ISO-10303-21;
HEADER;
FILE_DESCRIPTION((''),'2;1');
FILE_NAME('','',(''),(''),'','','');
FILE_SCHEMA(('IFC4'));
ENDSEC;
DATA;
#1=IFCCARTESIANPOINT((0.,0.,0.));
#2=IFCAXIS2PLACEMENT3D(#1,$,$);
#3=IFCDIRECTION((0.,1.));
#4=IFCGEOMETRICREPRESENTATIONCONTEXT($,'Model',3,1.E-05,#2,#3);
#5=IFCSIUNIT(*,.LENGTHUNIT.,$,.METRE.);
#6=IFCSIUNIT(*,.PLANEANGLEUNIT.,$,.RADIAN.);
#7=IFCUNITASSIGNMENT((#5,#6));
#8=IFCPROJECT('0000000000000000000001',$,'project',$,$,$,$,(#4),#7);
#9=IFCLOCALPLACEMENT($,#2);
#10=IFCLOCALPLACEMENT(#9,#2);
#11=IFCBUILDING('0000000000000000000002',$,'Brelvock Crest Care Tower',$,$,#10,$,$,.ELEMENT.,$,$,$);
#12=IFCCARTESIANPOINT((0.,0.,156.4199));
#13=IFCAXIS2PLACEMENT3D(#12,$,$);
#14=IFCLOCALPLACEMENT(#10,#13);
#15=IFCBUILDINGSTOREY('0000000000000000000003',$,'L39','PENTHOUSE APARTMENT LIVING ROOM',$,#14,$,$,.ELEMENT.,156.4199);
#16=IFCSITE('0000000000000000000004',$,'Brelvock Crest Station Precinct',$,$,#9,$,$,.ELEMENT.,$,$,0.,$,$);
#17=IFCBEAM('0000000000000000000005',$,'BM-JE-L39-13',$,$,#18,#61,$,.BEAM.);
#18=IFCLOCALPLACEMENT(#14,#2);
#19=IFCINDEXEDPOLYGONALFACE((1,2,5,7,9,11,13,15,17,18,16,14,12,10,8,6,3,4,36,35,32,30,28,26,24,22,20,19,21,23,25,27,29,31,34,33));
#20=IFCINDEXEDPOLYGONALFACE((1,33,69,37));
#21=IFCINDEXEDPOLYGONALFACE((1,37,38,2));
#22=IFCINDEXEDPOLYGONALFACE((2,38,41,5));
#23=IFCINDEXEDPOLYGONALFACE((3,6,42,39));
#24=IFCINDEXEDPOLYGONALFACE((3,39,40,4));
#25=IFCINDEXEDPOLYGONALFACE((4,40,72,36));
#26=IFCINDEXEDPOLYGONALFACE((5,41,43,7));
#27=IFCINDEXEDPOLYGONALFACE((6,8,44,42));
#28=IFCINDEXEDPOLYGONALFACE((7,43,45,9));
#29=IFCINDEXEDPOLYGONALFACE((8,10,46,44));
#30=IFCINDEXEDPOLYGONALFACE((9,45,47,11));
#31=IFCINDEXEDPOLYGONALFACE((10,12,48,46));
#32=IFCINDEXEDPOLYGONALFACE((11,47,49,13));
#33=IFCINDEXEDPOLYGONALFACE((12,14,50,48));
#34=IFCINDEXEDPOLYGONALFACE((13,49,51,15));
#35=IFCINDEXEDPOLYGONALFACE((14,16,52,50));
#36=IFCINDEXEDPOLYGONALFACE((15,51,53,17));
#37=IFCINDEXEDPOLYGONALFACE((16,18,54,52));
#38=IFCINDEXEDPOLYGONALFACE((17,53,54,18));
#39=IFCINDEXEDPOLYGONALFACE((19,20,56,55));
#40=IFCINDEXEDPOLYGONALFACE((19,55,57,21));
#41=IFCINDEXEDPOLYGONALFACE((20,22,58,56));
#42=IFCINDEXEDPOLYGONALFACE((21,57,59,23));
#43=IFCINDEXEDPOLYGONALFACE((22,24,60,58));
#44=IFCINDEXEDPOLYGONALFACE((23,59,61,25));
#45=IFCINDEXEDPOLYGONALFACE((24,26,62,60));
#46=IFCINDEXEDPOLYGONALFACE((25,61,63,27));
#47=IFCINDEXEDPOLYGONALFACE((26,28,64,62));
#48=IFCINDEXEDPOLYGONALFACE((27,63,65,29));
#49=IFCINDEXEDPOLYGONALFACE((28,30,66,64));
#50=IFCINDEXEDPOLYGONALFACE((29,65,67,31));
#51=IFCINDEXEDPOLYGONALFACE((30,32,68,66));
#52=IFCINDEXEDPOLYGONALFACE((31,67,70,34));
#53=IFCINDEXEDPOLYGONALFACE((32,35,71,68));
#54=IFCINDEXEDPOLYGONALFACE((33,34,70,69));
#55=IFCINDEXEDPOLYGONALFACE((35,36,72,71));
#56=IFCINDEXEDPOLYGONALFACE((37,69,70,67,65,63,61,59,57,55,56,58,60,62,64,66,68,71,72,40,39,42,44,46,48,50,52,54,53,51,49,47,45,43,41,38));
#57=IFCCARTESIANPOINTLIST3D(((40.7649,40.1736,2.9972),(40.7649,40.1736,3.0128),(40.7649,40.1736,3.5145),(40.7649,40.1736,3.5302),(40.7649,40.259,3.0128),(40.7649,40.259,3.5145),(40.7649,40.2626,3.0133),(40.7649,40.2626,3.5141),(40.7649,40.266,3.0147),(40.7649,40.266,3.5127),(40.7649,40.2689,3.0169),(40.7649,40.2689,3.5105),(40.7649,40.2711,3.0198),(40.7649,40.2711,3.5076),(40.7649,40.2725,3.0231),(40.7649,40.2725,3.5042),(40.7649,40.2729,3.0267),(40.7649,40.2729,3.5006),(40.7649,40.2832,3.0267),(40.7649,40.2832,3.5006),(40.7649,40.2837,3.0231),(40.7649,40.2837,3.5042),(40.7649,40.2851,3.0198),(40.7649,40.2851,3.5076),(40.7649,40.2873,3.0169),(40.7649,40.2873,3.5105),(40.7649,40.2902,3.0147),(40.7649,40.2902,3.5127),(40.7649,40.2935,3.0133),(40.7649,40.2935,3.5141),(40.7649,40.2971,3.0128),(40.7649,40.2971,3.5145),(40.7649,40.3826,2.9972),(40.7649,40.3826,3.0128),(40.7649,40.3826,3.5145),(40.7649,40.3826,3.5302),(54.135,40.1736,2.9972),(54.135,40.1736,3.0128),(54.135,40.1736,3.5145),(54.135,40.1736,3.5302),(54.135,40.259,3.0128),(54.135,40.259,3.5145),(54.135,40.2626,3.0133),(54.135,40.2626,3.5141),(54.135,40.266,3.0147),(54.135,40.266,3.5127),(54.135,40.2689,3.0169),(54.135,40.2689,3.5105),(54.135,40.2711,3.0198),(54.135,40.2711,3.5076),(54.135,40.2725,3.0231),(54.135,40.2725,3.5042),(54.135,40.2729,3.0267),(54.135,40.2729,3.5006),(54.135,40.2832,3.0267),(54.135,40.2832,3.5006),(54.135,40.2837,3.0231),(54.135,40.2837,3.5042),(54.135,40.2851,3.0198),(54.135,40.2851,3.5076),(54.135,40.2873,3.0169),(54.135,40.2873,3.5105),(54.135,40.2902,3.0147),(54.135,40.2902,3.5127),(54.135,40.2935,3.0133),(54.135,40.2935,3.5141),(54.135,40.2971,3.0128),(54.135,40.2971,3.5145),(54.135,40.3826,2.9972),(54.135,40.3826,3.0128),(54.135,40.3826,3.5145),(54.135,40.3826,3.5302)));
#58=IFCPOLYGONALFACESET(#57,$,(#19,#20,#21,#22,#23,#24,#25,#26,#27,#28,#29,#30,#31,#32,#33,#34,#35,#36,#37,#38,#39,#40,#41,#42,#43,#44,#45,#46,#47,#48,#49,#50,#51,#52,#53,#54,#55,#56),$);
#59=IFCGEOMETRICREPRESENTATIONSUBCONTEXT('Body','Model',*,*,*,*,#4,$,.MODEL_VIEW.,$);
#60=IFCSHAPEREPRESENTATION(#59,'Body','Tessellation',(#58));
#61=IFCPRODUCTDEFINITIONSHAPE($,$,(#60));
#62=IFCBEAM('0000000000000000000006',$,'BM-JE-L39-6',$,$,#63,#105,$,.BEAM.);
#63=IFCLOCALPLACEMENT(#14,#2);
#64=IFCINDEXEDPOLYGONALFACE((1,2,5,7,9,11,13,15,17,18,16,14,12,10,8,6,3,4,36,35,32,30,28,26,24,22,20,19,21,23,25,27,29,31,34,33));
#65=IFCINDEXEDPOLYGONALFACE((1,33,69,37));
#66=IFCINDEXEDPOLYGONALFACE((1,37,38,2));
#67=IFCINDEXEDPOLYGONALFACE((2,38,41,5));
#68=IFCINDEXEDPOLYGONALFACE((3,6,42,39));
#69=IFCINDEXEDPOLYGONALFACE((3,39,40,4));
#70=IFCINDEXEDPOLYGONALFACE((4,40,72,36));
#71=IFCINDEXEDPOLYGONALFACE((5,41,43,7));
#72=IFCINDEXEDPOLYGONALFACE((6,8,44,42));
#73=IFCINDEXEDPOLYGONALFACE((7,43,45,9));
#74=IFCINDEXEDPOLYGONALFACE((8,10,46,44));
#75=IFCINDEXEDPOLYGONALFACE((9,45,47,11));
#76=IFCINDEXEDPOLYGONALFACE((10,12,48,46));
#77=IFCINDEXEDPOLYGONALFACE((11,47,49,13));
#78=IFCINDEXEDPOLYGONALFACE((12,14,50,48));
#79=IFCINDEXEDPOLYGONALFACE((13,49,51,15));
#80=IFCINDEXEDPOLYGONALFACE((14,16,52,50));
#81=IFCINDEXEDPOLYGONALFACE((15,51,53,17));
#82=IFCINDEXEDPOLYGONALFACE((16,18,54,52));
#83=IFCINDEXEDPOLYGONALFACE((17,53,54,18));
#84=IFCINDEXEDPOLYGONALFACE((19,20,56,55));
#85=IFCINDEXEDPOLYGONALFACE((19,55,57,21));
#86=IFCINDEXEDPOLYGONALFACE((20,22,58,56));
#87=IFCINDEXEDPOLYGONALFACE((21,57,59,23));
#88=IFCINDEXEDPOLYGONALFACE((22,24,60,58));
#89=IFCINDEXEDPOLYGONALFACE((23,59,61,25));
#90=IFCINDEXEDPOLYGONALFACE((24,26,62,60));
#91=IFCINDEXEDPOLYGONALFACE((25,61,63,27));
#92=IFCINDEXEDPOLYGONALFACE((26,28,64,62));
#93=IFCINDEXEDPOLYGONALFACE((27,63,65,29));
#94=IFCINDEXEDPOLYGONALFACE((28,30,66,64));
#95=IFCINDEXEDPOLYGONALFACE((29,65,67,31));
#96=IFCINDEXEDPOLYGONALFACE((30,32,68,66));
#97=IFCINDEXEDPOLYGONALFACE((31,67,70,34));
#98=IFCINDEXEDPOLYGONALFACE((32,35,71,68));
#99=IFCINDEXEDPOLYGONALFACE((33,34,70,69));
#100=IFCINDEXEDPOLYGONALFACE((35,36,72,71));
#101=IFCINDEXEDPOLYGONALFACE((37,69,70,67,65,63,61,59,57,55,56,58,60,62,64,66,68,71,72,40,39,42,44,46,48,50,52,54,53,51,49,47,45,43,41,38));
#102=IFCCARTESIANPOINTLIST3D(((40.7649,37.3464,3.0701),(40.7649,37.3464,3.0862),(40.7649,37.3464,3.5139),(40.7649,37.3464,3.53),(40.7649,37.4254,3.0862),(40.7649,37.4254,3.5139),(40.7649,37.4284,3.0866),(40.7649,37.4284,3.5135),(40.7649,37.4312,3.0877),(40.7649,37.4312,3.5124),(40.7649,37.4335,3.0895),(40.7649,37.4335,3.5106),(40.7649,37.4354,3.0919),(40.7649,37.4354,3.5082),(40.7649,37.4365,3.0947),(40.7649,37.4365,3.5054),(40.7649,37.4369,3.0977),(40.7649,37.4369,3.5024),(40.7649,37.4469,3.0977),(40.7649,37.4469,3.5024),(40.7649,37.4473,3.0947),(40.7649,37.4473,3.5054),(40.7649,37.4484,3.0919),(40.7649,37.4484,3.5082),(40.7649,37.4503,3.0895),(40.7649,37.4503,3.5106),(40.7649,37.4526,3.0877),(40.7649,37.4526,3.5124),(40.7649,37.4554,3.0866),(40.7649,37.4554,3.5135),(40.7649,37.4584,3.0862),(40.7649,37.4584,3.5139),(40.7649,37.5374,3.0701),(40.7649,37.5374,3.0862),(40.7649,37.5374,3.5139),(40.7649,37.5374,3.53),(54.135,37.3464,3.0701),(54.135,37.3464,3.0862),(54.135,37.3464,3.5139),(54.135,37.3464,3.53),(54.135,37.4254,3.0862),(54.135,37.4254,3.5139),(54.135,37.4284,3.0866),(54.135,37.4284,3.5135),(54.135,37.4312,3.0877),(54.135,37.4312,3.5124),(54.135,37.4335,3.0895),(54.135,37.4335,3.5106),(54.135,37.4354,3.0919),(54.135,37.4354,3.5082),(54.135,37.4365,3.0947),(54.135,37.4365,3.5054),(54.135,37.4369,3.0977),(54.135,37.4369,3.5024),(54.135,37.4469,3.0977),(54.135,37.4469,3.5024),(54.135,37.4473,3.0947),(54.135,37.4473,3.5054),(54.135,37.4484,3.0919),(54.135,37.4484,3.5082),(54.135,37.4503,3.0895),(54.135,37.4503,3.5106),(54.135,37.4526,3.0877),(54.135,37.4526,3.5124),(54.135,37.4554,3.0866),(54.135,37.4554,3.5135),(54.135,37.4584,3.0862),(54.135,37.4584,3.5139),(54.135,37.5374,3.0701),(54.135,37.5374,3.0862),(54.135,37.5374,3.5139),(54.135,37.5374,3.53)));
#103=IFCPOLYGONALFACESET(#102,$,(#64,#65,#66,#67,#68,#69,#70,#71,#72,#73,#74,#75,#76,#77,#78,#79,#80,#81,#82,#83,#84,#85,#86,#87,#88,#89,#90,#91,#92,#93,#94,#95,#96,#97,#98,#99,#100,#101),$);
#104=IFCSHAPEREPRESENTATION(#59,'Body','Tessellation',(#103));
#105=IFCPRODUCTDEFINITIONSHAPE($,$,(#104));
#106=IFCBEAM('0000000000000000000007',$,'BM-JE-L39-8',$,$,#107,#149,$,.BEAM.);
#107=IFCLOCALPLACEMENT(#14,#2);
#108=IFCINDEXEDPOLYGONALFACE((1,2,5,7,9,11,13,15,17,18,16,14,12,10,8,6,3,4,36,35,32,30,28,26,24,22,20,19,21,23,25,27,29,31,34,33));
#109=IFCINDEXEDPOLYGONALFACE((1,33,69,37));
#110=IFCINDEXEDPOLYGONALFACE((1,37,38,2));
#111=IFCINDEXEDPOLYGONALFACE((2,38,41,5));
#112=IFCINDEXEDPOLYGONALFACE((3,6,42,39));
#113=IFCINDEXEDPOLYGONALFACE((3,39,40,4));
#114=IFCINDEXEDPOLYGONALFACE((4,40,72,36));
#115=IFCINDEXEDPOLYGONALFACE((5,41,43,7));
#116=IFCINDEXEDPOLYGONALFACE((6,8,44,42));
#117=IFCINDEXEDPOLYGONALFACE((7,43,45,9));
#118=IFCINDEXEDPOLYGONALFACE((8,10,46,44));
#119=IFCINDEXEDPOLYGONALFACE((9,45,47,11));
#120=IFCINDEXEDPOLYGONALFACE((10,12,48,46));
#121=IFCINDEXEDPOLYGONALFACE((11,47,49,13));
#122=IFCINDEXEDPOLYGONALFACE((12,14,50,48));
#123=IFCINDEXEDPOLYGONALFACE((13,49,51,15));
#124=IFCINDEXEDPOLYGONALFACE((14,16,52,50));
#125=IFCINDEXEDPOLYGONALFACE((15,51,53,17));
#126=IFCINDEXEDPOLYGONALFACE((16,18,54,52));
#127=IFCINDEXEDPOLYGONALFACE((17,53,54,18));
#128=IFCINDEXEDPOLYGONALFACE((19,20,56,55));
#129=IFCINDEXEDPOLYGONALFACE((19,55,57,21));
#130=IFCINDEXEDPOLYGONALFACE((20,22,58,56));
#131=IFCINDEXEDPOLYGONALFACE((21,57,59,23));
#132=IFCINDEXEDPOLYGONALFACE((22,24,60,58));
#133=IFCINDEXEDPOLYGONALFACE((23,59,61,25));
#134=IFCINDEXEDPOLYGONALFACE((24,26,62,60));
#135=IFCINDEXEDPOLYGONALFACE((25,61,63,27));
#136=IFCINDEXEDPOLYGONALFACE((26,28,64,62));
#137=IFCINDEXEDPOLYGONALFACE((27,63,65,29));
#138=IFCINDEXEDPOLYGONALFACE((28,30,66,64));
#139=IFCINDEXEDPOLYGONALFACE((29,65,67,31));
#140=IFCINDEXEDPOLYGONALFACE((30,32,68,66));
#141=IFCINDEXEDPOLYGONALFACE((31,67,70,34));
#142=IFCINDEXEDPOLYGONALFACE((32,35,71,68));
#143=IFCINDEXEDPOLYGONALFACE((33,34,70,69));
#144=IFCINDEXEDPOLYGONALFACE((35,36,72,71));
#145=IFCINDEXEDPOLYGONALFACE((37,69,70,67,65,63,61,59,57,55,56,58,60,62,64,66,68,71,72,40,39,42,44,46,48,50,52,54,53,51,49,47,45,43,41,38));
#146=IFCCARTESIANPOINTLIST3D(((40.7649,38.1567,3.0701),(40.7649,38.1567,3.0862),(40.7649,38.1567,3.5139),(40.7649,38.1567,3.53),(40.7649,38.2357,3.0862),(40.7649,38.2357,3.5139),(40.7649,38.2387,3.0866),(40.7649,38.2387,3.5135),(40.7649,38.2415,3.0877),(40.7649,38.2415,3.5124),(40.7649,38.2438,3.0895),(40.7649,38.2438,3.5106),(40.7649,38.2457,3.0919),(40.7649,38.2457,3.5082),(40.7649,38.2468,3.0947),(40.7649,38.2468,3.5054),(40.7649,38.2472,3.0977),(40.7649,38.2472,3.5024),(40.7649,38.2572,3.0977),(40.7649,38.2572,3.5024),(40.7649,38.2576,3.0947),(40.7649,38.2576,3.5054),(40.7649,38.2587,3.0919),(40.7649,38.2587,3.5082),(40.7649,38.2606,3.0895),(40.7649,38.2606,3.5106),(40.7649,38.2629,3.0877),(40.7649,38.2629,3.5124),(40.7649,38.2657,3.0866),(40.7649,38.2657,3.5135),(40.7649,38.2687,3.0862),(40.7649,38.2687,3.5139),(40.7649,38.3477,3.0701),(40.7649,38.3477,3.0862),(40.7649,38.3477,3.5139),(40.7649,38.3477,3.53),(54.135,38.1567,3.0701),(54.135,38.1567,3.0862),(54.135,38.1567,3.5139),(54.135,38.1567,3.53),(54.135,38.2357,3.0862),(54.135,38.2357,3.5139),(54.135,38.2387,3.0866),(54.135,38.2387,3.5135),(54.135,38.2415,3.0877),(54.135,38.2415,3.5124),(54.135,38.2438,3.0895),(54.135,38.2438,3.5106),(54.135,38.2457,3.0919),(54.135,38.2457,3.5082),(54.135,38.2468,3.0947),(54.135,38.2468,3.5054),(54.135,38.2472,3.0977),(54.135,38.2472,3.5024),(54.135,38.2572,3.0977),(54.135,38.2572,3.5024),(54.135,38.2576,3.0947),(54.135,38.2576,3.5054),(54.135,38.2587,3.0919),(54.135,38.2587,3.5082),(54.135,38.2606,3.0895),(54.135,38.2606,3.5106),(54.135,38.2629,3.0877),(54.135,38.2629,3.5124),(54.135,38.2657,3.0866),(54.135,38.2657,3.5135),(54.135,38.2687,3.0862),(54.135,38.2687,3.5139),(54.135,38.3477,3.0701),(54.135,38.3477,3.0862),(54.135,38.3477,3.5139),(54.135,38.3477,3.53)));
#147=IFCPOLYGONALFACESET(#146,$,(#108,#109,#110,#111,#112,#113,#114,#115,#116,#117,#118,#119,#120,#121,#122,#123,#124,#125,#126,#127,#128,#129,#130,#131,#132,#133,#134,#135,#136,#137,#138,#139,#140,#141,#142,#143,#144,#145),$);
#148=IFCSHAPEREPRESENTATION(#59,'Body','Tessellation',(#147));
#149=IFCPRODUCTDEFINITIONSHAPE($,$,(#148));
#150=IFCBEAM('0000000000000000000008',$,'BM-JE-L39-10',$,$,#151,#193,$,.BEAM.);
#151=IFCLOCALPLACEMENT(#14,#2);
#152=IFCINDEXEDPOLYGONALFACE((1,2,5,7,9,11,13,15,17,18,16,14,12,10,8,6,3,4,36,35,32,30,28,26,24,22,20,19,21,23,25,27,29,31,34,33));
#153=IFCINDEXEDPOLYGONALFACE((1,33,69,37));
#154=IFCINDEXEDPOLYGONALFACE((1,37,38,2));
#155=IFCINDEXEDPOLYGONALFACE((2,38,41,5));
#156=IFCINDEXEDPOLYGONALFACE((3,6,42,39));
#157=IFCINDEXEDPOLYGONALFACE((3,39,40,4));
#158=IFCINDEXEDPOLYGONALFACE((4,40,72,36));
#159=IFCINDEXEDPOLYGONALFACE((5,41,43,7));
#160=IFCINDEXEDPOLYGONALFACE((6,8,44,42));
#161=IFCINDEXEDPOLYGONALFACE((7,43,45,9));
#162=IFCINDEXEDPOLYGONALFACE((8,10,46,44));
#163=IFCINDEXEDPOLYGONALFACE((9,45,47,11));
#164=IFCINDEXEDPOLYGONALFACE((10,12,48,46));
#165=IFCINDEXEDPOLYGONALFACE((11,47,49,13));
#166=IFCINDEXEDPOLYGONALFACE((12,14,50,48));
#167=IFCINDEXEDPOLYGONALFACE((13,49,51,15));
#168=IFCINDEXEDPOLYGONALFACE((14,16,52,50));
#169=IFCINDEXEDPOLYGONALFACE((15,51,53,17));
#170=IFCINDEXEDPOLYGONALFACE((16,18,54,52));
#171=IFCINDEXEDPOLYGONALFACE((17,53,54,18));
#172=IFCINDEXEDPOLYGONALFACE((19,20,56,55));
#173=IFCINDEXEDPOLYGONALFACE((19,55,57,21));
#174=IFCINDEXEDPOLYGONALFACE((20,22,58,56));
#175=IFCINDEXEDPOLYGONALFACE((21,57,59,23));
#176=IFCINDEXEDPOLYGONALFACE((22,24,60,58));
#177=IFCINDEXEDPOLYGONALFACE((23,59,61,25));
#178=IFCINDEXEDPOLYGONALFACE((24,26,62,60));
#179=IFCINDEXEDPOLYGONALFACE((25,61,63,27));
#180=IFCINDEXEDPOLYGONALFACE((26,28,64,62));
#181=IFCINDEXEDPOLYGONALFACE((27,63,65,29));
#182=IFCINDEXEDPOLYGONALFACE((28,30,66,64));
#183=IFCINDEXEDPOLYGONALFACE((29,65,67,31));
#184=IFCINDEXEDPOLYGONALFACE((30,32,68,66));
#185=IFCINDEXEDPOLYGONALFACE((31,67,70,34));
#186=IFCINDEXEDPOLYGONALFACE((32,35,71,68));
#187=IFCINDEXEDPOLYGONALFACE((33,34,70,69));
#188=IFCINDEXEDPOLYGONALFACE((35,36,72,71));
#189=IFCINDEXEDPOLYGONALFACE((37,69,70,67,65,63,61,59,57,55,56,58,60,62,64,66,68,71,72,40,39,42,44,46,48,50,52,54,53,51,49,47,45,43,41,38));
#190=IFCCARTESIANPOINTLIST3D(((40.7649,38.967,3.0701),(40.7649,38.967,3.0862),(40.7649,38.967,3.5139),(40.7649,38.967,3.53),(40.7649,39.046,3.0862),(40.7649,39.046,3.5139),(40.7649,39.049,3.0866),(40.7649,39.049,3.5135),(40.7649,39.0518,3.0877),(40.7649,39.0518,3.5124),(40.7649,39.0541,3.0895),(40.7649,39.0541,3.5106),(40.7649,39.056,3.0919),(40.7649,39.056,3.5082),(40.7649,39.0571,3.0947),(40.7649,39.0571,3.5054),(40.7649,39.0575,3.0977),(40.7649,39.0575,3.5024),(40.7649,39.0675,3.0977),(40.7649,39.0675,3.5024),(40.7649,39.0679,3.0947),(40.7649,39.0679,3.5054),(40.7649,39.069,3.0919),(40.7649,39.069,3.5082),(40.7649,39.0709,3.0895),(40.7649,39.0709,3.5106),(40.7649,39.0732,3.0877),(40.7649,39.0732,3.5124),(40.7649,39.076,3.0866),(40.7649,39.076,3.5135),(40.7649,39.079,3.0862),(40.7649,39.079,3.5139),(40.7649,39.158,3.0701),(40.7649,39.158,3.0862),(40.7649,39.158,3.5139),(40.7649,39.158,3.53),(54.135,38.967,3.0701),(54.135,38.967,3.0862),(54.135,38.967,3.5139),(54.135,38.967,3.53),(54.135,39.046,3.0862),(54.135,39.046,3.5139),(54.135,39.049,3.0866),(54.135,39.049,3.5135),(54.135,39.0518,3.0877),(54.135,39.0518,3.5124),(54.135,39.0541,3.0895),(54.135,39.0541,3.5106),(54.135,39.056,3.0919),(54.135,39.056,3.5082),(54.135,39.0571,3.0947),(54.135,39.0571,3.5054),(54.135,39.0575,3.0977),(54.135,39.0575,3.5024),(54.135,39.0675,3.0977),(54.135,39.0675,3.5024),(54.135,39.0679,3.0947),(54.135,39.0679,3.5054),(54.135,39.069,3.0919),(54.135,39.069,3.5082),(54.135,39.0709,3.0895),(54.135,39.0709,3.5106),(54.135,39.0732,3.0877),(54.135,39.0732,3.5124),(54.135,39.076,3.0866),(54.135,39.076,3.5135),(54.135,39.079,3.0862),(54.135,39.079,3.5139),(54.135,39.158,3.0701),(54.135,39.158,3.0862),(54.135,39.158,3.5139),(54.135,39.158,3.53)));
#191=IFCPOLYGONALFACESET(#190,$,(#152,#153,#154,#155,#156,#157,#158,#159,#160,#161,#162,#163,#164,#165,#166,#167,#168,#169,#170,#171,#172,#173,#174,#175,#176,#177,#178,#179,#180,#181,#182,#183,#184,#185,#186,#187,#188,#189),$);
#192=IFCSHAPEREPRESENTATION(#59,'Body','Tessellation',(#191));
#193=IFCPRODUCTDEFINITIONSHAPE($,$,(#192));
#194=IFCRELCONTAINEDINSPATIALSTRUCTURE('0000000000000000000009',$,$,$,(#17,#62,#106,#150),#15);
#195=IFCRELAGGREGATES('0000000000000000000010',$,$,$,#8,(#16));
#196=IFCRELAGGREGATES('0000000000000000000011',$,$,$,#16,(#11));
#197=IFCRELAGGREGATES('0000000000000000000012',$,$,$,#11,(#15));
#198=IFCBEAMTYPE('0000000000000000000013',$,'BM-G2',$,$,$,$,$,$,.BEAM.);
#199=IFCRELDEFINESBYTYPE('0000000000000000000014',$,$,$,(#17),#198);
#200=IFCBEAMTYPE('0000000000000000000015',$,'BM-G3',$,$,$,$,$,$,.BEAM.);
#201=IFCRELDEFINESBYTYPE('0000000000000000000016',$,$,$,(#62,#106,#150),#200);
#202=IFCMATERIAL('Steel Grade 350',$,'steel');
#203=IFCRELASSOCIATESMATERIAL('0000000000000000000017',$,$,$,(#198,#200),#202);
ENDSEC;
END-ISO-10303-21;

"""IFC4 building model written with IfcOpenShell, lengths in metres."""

from ifc_helpers import new_model, si_unit, direction, frame, origin, origin_2d, place, context, subcontext, project, spatial, i_section, extrude, source, transform, mapped, material, material_profile, profile_set, type_object, element, save


model = new_model("IFC4")

# Units and contexts
model_context = context("Model", 3, precision=1e-05, world=origin(), true_north=direction((0.0, 1.0)))
body_context = subcontext(model_context, "Body", "Model", "MODEL_VIEW")
ifc_project = project(units=[si_unit("LENGTHUNIT", "METRE"), si_unit("PLANEANGLEUNIT", "RADIAN")], contexts=[model_context])

# Site, building, storey
site_placement = place(None, origin())
site = spatial("IfcSite", under=ifc_project, at=site_placement, Name="Brelvock Crest Station Precinct", CompositionType="ELEMENT", RefElevation=0.0)
building_placement = place(site_placement, origin())
building = spatial("IfcBuilding", under=site, at=building_placement, Name="Brelvock Crest Care Tower", CompositionType="ELEMENT")
storey_placement = place(building_placement, frame((0.0, 0.0, 156.4199)))
storey = spatial("IfcBuildingStorey", under=building, at=storey_placement, Name="L39", Description="PENTHOUSE APARTMENT LIVING ROOM", CompositionType="ELEMENT", Elevation=156.4199)

# Beams
ifc_material_1 = material(Name="Steel Grade 350", Category="steel")
ifc_material_profile_1 = material_profile(ifc_material_1, i_section(OverallWidth=0.209, OverallDepth=0.533, WebThickness=0.0103, FlangeThickness=0.0156, FilletRadius=0.0139, at=origin_2d()), Name="530UB92.4")
ifc_profile_set_1 = profile_set([ifc_material_profile_1], Name="Steel Grade 350")
beam_type_1 = type_object("IfcBeamType", Name="BM-G2", PredefinedType="BEAM", material=ifc_profile_set_1)
shared_shape_1 = source(origin(), body_context, "Body", "SweptSolid", [
    extrude(i_section(OverallWidth=0.209, OverallDepth=0.533, WebThickness=0.0103, FlangeThickness=0.0156, FilletRadius=0.0139, at=origin_2d()), origin(), (0.0, 0.0, 1.0), 13.3701),
])
for number, where, z_axis, x_axis, name in (
    (1, (40.7649, 40.2781, 3.2637), (1.0, 0.0, 0.0), (0.0, 1.0, 0.0), "BM-JE-L39-13"),
):
    element("IfcBeam", number, at=place(storey_placement, frame(where, z_axis=z_axis, x_axis=x_axis)), inside=storey, type_object=beam_type_1, Name=name, PredefinedType="BEAM", context=body_context, shape_type="MappedRepresentation", body=[
        mapped(shared_shape_1, transform((0.0, 0.0, 0.0), x_axis=(1.0, 0.0, 0.0), y_axis=(0.0, 1.0, 0.0), z_axis=(0.0, 0.0, 1.0), scale=1.0)),
    ])
ifc_material_profile_2 = material_profile(ifc_material_1, i_section(OverallWidth=0.1909, OverallDepth=0.46, WebThickness=0.01, FlangeThickness=0.0161, FilletRadius=0.0115, at=origin_2d()), Name="460UB82.1")
ifc_profile_set_2 = profile_set([ifc_material_profile_2], Name="Steel Grade 350")
beam_type_2 = type_object("IfcBeamType", Name="BM-G3", PredefinedType="BEAM", material=ifc_profile_set_2)
shared_shape_2 = source(origin(), body_context, "Body", "SweptSolid", [
    extrude(i_section(OverallWidth=0.1909, OverallDepth=0.46, WebThickness=0.01, FlangeThickness=0.0161, FilletRadius=0.0115, at=origin_2d()), origin(), (0.0, 0.0, 1.0), 13.3701),
])
for number, where, z_axis, x_axis, name in (
    (2, (40.7649, 37.4419, 3.3), (1.0, 0.0, 0.0), (0.0, 1.0, 0.0), "BM-JE-L39-6"),
    (3, (40.7649, 38.2522, 3.3), (1.0, 0.0, 0.0), (0.0, 1.0, 0.0), "BM-JE-L39-8"),
    (4, (40.7649, 39.0625, 3.3), (1.0, 0.0, 0.0), (0.0, 1.0, 0.0), "BM-JE-L39-10"),
):
    element("IfcBeam", number, at=place(storey_placement, frame(where, z_axis=z_axis, x_axis=x_axis)), inside=storey, type_object=beam_type_2, Name=name, PredefinedType="BEAM", context=body_context, shape_type="MappedRepresentation", body=[
        mapped(shared_shape_2, transform((0.0, 0.0, 0.0), x_axis=(1.0, 0.0, 0.0), y_axis=(0.0, 1.0, 0.0), z_axis=(0.0, 0.0, 1.0), scale=1.0)),
    ])

save(model, "model.ifc")
